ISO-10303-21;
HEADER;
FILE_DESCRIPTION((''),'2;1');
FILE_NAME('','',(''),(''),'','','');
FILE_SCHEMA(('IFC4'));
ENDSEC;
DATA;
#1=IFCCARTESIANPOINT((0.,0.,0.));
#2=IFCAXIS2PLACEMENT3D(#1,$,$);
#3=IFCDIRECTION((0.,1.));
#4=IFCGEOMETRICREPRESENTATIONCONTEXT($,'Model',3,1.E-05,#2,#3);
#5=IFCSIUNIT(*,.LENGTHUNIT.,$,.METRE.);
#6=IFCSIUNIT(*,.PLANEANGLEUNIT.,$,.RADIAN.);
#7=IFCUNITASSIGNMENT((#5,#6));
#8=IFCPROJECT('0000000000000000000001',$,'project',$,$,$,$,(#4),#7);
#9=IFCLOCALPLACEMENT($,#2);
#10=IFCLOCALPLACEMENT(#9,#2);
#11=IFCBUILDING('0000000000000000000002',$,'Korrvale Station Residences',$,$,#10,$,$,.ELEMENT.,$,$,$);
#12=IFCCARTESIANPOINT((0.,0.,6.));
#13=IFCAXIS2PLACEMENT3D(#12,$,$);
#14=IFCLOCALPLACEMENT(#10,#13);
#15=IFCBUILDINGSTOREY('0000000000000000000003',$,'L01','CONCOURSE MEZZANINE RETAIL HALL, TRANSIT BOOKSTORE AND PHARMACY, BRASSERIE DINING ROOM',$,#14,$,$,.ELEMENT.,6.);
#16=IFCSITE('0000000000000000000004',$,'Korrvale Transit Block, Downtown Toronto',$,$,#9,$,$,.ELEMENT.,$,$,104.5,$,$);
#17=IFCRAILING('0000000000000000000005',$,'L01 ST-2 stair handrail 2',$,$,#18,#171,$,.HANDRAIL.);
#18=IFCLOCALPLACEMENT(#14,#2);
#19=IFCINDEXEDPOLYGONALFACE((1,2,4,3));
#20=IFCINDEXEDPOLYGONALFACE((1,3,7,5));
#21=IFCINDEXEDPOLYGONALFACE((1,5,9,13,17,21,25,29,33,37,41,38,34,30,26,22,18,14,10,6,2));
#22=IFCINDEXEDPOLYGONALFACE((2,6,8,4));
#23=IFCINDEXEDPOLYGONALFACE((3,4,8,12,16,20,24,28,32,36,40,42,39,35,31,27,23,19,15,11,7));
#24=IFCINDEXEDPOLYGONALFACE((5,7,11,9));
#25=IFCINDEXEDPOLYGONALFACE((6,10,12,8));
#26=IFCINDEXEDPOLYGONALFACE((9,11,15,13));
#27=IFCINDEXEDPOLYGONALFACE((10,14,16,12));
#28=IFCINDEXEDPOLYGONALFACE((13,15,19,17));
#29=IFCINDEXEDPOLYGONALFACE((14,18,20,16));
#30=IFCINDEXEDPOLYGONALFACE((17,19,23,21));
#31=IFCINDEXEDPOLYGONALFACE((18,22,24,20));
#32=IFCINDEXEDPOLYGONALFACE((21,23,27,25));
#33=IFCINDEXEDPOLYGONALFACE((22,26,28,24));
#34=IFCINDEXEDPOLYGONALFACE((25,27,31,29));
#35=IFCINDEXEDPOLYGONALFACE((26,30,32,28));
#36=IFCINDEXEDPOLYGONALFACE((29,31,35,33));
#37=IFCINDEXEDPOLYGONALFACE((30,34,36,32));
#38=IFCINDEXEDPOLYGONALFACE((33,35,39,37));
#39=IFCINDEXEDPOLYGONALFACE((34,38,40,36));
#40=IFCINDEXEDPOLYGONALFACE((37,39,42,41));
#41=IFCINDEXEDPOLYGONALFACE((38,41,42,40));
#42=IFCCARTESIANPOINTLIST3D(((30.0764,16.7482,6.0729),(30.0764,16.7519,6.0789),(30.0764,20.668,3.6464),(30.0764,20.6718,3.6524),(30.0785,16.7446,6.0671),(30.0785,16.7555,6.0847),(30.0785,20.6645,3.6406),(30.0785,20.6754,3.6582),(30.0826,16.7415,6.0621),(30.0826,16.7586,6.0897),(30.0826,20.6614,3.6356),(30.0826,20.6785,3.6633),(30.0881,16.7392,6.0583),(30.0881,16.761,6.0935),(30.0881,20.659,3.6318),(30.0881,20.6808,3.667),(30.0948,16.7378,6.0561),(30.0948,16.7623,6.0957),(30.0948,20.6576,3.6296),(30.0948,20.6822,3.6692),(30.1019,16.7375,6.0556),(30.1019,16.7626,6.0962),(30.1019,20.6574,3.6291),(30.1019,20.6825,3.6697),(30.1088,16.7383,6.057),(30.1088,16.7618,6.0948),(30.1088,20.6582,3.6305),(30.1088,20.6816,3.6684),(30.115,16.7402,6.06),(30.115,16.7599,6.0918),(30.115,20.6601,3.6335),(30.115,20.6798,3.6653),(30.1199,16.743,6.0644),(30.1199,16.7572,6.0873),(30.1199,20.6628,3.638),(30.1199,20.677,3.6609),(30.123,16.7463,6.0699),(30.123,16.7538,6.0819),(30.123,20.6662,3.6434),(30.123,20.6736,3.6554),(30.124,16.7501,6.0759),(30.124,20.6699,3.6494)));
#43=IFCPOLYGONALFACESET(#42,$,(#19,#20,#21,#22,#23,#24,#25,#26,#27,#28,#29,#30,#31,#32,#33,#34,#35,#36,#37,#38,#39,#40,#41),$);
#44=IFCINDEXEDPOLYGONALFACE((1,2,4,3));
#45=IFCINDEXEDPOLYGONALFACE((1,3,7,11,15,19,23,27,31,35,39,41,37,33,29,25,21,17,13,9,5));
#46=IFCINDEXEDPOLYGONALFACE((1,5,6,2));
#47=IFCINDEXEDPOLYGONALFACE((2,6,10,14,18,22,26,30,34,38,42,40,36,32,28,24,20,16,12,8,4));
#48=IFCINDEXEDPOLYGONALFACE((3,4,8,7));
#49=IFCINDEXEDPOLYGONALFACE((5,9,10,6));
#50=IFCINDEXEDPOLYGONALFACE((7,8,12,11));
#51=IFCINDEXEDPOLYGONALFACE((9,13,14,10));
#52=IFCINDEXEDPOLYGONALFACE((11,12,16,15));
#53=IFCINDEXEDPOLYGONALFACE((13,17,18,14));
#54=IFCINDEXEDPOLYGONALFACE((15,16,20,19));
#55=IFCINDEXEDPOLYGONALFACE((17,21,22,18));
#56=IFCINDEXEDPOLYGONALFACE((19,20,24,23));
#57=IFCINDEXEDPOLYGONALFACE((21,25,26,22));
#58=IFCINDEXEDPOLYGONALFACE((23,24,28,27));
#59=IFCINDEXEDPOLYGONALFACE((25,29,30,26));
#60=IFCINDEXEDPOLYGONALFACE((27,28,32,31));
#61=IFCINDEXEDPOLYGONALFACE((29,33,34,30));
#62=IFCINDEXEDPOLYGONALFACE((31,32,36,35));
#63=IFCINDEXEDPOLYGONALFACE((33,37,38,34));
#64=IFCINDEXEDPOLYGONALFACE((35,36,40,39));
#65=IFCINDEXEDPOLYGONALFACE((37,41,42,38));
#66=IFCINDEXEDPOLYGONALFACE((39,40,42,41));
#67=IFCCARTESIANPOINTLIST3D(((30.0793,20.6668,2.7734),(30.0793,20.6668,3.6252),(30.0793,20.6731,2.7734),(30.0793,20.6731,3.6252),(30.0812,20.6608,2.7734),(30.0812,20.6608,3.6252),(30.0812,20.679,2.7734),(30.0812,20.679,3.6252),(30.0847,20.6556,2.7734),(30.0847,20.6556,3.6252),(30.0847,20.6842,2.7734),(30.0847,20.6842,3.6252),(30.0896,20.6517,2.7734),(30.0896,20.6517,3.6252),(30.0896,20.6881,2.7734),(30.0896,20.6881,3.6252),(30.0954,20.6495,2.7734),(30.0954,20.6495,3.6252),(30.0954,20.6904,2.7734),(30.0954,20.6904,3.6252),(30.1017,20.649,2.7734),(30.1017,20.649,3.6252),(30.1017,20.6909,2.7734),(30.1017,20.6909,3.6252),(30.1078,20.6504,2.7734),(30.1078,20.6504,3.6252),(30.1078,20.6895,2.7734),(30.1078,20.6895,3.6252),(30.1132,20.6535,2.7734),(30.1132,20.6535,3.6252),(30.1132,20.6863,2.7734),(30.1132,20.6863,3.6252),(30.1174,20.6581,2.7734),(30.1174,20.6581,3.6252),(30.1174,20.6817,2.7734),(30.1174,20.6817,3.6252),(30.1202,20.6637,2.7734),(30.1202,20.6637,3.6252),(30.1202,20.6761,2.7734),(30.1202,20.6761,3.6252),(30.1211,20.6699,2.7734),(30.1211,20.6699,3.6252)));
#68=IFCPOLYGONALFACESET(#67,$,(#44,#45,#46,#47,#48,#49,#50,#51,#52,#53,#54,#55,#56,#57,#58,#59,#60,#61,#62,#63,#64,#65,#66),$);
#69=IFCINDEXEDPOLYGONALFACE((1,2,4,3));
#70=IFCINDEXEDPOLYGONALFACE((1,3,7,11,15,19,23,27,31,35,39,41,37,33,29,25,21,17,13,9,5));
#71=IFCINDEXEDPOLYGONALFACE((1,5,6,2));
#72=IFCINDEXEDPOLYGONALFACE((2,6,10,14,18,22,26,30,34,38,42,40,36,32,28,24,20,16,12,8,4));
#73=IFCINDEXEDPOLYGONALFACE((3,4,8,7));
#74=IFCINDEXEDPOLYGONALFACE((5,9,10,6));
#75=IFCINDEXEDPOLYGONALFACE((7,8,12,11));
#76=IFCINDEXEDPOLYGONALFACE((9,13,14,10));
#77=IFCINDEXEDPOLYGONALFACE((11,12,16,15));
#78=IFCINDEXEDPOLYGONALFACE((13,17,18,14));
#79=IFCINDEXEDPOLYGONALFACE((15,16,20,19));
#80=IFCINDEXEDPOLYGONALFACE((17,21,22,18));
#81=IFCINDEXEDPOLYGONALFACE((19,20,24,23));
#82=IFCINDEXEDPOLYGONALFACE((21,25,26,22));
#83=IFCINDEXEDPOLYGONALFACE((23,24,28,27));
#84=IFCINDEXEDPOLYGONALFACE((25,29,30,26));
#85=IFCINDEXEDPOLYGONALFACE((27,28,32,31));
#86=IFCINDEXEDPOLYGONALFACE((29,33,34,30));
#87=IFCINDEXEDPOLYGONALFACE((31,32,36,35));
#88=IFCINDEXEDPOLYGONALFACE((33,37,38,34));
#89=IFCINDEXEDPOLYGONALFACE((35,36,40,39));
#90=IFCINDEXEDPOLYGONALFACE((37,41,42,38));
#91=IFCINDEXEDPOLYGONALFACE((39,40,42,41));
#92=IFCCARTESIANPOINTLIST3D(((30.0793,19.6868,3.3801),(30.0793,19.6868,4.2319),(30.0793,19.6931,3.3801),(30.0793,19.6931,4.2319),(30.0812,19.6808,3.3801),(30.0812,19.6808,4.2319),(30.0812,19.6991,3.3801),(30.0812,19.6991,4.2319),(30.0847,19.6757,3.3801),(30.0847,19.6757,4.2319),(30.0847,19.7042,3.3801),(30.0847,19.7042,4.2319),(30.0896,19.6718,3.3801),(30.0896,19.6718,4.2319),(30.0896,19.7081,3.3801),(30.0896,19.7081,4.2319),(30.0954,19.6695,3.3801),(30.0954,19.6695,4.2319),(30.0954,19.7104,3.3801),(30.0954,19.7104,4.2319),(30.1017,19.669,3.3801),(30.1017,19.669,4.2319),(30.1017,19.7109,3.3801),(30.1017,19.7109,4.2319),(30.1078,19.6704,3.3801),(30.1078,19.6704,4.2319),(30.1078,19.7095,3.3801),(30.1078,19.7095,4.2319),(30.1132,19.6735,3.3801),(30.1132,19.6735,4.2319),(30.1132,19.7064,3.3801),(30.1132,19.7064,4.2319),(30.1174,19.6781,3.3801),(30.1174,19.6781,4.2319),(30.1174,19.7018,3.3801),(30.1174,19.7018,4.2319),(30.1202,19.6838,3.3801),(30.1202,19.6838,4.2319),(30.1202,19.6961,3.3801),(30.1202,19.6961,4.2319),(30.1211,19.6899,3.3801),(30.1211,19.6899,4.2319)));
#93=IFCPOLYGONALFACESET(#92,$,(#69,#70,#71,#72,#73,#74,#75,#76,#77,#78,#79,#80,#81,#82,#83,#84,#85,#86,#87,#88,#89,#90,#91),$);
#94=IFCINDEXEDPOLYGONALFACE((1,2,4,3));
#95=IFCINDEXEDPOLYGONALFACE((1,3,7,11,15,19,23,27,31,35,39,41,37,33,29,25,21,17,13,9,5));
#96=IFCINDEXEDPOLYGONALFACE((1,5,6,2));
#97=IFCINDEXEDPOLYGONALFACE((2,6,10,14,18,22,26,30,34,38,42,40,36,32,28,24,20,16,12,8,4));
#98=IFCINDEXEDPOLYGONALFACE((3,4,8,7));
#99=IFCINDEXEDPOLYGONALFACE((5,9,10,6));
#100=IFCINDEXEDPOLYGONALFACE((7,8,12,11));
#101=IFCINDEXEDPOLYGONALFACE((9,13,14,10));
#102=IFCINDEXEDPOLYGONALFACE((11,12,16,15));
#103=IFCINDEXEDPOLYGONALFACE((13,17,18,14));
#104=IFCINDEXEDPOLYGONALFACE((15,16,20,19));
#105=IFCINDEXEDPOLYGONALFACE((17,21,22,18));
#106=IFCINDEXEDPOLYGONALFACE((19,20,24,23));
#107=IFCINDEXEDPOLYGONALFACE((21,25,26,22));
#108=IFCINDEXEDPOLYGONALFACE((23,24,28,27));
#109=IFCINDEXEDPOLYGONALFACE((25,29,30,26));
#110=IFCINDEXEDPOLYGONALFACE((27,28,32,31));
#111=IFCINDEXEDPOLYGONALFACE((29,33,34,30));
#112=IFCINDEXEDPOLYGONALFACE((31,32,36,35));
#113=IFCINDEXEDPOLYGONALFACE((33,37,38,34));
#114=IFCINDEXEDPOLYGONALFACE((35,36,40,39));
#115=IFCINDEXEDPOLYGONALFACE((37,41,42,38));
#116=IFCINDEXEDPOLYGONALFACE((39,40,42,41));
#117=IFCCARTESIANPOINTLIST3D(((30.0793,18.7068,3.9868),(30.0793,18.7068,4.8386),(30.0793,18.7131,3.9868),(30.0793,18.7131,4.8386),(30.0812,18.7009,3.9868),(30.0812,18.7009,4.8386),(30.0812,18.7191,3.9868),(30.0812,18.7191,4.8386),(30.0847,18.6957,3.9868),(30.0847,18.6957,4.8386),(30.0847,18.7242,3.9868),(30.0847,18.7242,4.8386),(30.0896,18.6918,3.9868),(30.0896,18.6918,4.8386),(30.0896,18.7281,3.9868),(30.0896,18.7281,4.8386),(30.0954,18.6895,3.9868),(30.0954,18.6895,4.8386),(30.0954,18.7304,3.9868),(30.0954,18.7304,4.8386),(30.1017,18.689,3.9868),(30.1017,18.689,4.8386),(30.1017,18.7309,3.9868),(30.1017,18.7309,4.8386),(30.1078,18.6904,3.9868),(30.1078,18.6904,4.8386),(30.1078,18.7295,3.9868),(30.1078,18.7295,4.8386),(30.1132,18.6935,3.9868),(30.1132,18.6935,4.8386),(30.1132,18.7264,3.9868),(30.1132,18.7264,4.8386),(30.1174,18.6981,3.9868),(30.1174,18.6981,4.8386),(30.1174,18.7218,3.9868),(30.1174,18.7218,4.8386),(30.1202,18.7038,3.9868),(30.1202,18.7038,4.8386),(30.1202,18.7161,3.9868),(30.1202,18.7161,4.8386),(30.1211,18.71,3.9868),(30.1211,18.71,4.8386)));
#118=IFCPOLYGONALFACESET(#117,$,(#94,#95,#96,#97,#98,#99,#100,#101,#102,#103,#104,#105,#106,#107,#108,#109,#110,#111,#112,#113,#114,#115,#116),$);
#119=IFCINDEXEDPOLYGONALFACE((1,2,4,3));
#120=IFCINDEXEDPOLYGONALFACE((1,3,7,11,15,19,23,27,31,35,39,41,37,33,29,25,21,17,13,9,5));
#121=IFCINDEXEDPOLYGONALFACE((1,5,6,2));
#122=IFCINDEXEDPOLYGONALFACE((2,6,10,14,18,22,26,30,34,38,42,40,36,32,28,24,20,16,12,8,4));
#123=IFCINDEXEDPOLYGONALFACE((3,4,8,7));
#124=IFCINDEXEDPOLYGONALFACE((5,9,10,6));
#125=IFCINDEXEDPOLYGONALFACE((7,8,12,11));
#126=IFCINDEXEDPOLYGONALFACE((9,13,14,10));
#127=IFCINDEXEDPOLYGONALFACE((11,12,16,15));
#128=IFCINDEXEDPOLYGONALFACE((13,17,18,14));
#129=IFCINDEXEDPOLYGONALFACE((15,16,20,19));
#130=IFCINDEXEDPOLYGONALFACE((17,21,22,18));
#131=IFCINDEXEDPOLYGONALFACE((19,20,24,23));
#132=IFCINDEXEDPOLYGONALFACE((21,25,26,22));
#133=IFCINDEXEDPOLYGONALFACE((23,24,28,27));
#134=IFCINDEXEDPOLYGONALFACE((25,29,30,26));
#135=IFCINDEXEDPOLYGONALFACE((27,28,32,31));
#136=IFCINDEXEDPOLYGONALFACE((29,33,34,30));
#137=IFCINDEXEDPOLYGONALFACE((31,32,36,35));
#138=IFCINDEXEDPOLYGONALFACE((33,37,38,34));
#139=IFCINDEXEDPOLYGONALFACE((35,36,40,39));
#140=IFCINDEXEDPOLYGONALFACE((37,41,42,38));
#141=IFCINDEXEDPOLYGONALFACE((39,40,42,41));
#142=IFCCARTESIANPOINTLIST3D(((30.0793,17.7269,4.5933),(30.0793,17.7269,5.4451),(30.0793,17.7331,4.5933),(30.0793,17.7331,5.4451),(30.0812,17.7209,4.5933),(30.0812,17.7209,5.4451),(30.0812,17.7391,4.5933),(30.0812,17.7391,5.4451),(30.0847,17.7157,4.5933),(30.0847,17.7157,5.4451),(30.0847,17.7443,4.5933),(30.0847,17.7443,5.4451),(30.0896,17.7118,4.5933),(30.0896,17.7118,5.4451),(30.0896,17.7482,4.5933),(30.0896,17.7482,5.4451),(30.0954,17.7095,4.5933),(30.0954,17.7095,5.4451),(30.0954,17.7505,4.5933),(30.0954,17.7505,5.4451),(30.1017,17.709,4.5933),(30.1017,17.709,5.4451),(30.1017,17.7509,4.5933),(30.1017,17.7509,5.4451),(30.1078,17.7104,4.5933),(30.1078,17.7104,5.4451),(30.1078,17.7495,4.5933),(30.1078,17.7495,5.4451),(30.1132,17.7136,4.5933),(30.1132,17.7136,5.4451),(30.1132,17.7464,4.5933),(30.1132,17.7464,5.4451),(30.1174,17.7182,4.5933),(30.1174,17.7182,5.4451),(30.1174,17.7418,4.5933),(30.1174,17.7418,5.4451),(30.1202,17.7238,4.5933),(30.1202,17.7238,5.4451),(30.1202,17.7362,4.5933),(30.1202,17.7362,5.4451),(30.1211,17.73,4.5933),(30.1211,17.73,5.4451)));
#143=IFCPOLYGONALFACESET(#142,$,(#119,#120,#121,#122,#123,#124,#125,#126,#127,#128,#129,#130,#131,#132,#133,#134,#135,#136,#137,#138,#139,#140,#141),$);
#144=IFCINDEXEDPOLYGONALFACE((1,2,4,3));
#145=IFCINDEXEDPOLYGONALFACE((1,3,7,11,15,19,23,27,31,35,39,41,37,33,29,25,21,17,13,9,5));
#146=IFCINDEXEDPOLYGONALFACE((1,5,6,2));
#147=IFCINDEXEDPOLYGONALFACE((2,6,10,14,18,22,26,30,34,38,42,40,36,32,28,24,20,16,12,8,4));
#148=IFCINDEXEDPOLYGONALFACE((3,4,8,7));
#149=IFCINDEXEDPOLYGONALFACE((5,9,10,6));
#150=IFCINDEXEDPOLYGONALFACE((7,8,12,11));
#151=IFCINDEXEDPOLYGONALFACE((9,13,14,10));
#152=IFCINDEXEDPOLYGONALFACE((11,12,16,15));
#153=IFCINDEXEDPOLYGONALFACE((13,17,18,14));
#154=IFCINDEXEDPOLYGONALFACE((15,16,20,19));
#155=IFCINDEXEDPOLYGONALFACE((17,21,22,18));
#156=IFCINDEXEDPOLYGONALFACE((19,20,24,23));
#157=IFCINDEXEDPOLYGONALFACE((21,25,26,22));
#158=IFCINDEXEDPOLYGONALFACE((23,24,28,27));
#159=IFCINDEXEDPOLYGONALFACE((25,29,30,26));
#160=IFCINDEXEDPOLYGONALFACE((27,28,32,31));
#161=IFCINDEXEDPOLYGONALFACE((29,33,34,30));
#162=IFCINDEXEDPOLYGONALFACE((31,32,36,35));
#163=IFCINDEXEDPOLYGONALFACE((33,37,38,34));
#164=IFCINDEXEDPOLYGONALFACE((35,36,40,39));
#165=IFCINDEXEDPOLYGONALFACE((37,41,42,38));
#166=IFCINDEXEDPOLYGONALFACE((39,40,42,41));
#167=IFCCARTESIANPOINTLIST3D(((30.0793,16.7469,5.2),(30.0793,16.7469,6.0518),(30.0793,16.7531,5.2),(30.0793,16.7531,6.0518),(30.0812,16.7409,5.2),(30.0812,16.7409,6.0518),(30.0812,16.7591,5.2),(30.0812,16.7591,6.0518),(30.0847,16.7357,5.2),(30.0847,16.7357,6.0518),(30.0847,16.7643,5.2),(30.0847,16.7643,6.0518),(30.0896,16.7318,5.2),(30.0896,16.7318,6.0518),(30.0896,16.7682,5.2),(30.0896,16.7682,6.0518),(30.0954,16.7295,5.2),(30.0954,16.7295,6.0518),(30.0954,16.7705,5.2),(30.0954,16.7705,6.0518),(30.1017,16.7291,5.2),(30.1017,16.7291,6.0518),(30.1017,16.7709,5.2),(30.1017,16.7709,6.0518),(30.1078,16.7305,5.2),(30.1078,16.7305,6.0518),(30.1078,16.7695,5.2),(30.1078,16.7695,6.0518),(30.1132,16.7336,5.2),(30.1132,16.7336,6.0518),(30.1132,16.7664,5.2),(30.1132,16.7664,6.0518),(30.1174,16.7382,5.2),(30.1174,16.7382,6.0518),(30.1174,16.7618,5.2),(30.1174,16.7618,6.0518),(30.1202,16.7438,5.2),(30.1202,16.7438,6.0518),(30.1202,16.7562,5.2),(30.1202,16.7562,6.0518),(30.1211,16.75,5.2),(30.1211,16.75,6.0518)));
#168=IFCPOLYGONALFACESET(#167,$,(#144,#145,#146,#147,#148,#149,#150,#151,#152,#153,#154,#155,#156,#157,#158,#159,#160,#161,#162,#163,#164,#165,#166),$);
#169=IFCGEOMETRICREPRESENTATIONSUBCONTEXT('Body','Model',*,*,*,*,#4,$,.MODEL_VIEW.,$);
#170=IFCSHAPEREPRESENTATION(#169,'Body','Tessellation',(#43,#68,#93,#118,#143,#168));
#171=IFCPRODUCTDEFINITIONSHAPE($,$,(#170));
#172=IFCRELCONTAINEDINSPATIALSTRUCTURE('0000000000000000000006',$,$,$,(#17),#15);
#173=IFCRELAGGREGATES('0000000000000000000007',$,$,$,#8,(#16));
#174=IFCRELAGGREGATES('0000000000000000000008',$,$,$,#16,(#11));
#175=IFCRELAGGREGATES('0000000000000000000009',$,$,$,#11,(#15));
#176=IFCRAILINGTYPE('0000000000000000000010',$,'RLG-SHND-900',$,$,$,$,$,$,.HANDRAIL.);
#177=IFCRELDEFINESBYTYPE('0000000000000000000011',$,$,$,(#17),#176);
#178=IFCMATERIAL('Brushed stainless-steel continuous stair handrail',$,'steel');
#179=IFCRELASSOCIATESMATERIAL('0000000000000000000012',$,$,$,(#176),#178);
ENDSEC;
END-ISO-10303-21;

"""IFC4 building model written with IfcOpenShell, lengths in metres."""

from ifc_helpers import new_model, si_unit, direction, frame, origin, origin_2d, place, context, subcontext, project, spatial, circle, extrude, material, type_object, element, save


model = new_model("IFC4")

# Units and contexts
model_context = context("Model", 3, precision=1e-05, world=origin(), true_north=direction((0.0, 1.0)))
body_context = subcontext(model_context, "Body", "Model", "MODEL_VIEW")
ifc_project = project(units=[si_unit("LENGTHUNIT", "METRE"), si_unit("PLANEANGLEUNIT", "RADIAN")], contexts=[model_context])

# Site, building, storey
site_placement = place(None, origin())
site = spatial("IfcSite", under=ifc_project, at=site_placement, Name="Korrvale Transit Block, Downtown Toronto", CompositionType="ELEMENT", RefElevation=104.5)
building_placement = place(site_placement, origin())
building = spatial("IfcBuilding", under=site, at=building_placement, Name="Korrvale Station Residences", CompositionType="ELEMENT")
storey_placement = place(building_placement, frame((0.0, 0.0, 6.0)))
storey = spatial("IfcBuildingStorey", under=building, at=storey_placement, Name="L01", Description="CONCOURSE MEZZANINE RETAIL HALL, TRANSIT BOOKSTORE AND PHARMACY, BRASSERIE DINING ROOM", CompositionType="ELEMENT", Elevation=6.0)

# Railing
ifc_material_1 = material(Name="Brushed stainless-steel continuous stair handrail", Category="steel")
railing_type_1 = type_object("IfcRailingType", Name="RLG-SHND-900", PredefinedType="HANDRAIL", material=ifc_material_1)
railing_1_placement = place(storey_placement, frame((30.1001, 20.6699, 2.7734)))
element("IfcRailing", 1, at=railing_1_placement, inside=storey, type_object=railing_type_1, Name="L01 ST-2 stair handrail 2", PredefinedType="HANDRAIL", context=body_context, shape_type="SweptSolid", body=[
    extrude(circle(Radius=0.0239, at=origin_2d()), frame((0.0, 0.0, 0.876), z_axis=(0.0, -0.850275, 0.526338), x_axis=(1.0, 0.0, 0.0)), (0.0, 0.0, 1.0), 4.6101),
    extrude(circle(Radius=0.021, at=origin_2d()), origin(), (0.0, 0.0, 1.0), 0.8518),
    extrude(circle(Radius=0.021, at=origin_2d()), frame((0.0, -0.98, 0.6067)), (0.0, 0.0, 1.0), 0.8518),
    extrude(circle(Radius=0.021, at=origin_2d()), frame((0.0, -1.96, 1.2134)), (0.0, 0.0, 1.0), 0.8518),
    extrude(circle(Radius=0.021, at=origin_2d()), frame((0.0, -2.9399, 1.8198)), (0.0, 0.0, 1.0), 0.8518),
    extrude(circle(Radius=0.021, at=origin_2d()), frame((0.0, -3.9199, 2.4265)), (0.0, 0.0, 1.0), 0.8518),
])

save(model, "model.ifc")
